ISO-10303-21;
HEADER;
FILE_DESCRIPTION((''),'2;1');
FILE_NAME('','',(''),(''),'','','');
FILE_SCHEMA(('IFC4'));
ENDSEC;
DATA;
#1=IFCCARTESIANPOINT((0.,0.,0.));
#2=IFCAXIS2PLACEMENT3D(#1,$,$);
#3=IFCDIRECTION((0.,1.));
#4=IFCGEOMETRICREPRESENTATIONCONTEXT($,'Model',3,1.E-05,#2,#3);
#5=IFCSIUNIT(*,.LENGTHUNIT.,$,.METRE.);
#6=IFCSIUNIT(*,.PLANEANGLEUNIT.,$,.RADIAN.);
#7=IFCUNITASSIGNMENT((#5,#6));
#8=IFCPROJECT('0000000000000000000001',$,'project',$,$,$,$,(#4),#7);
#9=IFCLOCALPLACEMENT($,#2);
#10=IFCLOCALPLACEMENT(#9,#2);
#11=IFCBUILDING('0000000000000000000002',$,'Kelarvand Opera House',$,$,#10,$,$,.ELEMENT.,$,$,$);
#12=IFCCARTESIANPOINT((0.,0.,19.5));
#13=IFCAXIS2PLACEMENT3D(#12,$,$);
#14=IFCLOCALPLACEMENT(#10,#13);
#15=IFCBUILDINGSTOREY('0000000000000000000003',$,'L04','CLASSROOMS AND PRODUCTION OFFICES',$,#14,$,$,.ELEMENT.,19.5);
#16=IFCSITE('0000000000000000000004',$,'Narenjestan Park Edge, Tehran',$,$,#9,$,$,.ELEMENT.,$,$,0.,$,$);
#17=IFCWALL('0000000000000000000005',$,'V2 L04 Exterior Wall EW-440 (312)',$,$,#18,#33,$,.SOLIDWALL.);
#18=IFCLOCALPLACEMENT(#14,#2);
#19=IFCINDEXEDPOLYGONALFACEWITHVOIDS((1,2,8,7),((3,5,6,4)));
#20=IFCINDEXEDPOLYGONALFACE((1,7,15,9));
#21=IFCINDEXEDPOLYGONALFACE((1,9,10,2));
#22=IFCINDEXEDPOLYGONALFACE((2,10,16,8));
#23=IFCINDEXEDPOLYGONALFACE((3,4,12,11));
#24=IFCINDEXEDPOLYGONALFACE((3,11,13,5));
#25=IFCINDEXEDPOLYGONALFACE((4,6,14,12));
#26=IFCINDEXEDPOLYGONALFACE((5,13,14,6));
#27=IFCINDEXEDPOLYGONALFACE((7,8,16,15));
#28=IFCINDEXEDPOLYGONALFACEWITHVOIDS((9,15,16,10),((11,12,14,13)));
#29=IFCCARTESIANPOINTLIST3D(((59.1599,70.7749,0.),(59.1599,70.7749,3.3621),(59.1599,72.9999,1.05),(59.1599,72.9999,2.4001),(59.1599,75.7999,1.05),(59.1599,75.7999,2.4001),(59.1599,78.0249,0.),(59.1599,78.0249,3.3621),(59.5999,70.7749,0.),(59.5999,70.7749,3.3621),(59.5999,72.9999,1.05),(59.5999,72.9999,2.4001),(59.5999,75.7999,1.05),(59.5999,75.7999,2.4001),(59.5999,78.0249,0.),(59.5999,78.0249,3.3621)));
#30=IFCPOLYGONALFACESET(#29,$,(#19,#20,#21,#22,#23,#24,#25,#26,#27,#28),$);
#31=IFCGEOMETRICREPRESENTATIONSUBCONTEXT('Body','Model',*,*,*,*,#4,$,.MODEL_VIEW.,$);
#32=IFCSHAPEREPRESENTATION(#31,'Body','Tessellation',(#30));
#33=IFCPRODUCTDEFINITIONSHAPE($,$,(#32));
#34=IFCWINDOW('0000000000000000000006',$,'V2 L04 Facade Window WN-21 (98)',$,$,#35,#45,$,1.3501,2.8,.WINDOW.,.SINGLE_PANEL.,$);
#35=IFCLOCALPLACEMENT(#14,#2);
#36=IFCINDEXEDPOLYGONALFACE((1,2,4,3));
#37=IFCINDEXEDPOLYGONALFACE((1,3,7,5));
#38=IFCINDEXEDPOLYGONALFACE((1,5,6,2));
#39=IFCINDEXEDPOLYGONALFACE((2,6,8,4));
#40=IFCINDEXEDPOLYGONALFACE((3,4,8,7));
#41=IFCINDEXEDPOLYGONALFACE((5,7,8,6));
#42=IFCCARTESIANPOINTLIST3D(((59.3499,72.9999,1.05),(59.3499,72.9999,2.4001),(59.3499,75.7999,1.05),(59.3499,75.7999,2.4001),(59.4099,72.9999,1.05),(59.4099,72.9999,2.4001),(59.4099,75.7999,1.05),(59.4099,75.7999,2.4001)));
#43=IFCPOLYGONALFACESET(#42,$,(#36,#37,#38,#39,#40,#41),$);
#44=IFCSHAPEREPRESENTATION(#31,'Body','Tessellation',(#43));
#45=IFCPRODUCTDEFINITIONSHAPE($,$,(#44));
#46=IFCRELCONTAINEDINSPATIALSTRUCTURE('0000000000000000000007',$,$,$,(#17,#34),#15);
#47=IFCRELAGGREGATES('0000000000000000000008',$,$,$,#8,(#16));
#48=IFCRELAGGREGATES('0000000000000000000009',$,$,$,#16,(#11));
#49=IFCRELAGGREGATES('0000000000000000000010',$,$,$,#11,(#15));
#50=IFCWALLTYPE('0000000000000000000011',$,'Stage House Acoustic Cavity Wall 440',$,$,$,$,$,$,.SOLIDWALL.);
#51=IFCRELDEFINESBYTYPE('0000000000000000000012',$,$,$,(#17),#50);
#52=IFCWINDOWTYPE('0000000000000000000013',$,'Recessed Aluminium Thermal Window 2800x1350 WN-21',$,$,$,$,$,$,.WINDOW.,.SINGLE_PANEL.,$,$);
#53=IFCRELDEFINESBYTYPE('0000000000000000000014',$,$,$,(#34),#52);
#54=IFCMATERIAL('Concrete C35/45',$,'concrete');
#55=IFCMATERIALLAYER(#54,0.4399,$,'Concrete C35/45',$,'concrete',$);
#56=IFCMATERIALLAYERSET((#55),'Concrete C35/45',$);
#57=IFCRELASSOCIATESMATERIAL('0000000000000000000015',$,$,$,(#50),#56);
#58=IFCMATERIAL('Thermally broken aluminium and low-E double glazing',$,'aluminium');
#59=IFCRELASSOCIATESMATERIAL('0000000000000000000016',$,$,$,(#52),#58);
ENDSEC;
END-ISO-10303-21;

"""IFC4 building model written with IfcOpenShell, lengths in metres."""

from ifc_helpers import new_model, si_unit, direction, frame, frame_2d, origin, place, context, subcontext, project, spatial, rectangle, extrude, material, layer, layer_set, type_object, element, fill, save


model = new_model("IFC4")

# Units and contexts
model_context = context("Model", 3, precision=1e-05, world=origin(), true_north=direction((0.0, 1.0)))
body_context = subcontext(model_context, "Body", "Model", "MODEL_VIEW")
ifc_project = project(units=[si_unit("LENGTHUNIT", "METRE"), si_unit("PLANEANGLEUNIT", "RADIAN")], contexts=[model_context])

# Site, building, storey
site_placement = place(None, origin())
site = spatial("IfcSite", under=ifc_project, at=site_placement, Name="Narenjestan Park Edge, Tehran", CompositionType="ELEMENT", RefElevation=0.0)
building_placement = place(site_placement, origin())
building = spatial("IfcBuilding", under=site, at=building_placement, Name="Kelarvand Opera House", CompositionType="ELEMENT")
storey_placement = place(building_placement, frame((0.0, 0.0, 19.5)))
storey = spatial("IfcBuildingStorey", under=building, at=storey_placement, Name="L04", Description="CLASSROOMS AND PRODUCTION OFFICES", CompositionType="ELEMENT", Elevation=19.5)

# Shared definitions
ifc_material_1 = material(Name="Concrete C35/45", Category="concrete")

# Shared definitions
ifc_layer_1 = layer(ifc_material_1, 0.4399, Name="Concrete C35/45", Category="concrete")
ifc_layer_set_1 = layer_set([ifc_layer_1], Name="Concrete C35/45")
wall_type_1 = type_object("IfcWallType", Name="Stage House Acoustic Cavity Wall 440", PredefinedType="SOLIDWALL", material=ifc_layer_set_1)
ifc_material_2 = material(Name="Thermally broken aluminium and low-E double glazing", Category="aluminium")
window_type = type_object("IfcWindowType", Name="Recessed Aluminium Thermal Window 2800x1350 WN-21", PartitioningType="SINGLE_PANEL", PredefinedType="WINDOW", material=ifc_material_2)

# Wall, opening, window
wall_1_placement = place(storey_placement, frame((59.3799, 70.7749, 0.0), z_axis=(0.0, 0.0, 1.0), x_axis=(0.0, 1.0, 0.0)))
wall_1 = element("IfcWall", 1, at=wall_1_placement, inside=storey, type_object=wall_type_1, Name="V2 L04 Exterior Wall EW-440 (312)", PredefinedType="SOLIDWALL", context=body_context, shape_type="SweptSolid", body=[
    extrude(rectangle(XDim=7.25, YDim=0.4399, at=frame_2d((3.625, 0.0))), origin(), (0.0, 0.0, 1.0), 3.3621),
])
opening_1_placement = place(wall_1_placement, frame((2.2251, 0.0, 1.05)))
opening_1 = element("IfcOpeningElement", 2, at=opening_1_placement, cuts=wall_1, PredefinedType="OPENING", context=body_context, shape_type="SweptSolid", body=[
    extrude(rectangle(XDim=2.8, YDim=1.3501, at=frame_2d((1.3999, 0.675))), frame((0.0, 0.23, 0.0), z_axis=(0.0, -1.0, 0.0), x_axis=(1.0, 0.0, 0.0)), (0.0, 0.0, 1.0), 0.46),
])
window_1_placement = place(opening_1_placement, origin())
window_1 = element("IfcWindow", 3, at=window_1_placement, inside=storey, type_object=window_type, Name="V2 L04 Facade Window WN-21 (98)", OverallHeight=1.3501, OverallWidth=2.8, PartitioningType="SINGLE_PANEL", PredefinedType="WINDOW", context=body_context, shape_type="SweptSolid", body=[
    extrude(rectangle(XDim=2.8, YDim=1.3501, at=frame_2d((1.3999, 0.675))), frame((0.0, 0.03, 0.0), z_axis=(0.0, -1.0, 0.0), x_axis=(1.0, 0.0, 0.0)), (0.0, 0.0, 1.0), 0.0601),
])
fill(opening_1, window_1)

save(model, "model.ifc")
